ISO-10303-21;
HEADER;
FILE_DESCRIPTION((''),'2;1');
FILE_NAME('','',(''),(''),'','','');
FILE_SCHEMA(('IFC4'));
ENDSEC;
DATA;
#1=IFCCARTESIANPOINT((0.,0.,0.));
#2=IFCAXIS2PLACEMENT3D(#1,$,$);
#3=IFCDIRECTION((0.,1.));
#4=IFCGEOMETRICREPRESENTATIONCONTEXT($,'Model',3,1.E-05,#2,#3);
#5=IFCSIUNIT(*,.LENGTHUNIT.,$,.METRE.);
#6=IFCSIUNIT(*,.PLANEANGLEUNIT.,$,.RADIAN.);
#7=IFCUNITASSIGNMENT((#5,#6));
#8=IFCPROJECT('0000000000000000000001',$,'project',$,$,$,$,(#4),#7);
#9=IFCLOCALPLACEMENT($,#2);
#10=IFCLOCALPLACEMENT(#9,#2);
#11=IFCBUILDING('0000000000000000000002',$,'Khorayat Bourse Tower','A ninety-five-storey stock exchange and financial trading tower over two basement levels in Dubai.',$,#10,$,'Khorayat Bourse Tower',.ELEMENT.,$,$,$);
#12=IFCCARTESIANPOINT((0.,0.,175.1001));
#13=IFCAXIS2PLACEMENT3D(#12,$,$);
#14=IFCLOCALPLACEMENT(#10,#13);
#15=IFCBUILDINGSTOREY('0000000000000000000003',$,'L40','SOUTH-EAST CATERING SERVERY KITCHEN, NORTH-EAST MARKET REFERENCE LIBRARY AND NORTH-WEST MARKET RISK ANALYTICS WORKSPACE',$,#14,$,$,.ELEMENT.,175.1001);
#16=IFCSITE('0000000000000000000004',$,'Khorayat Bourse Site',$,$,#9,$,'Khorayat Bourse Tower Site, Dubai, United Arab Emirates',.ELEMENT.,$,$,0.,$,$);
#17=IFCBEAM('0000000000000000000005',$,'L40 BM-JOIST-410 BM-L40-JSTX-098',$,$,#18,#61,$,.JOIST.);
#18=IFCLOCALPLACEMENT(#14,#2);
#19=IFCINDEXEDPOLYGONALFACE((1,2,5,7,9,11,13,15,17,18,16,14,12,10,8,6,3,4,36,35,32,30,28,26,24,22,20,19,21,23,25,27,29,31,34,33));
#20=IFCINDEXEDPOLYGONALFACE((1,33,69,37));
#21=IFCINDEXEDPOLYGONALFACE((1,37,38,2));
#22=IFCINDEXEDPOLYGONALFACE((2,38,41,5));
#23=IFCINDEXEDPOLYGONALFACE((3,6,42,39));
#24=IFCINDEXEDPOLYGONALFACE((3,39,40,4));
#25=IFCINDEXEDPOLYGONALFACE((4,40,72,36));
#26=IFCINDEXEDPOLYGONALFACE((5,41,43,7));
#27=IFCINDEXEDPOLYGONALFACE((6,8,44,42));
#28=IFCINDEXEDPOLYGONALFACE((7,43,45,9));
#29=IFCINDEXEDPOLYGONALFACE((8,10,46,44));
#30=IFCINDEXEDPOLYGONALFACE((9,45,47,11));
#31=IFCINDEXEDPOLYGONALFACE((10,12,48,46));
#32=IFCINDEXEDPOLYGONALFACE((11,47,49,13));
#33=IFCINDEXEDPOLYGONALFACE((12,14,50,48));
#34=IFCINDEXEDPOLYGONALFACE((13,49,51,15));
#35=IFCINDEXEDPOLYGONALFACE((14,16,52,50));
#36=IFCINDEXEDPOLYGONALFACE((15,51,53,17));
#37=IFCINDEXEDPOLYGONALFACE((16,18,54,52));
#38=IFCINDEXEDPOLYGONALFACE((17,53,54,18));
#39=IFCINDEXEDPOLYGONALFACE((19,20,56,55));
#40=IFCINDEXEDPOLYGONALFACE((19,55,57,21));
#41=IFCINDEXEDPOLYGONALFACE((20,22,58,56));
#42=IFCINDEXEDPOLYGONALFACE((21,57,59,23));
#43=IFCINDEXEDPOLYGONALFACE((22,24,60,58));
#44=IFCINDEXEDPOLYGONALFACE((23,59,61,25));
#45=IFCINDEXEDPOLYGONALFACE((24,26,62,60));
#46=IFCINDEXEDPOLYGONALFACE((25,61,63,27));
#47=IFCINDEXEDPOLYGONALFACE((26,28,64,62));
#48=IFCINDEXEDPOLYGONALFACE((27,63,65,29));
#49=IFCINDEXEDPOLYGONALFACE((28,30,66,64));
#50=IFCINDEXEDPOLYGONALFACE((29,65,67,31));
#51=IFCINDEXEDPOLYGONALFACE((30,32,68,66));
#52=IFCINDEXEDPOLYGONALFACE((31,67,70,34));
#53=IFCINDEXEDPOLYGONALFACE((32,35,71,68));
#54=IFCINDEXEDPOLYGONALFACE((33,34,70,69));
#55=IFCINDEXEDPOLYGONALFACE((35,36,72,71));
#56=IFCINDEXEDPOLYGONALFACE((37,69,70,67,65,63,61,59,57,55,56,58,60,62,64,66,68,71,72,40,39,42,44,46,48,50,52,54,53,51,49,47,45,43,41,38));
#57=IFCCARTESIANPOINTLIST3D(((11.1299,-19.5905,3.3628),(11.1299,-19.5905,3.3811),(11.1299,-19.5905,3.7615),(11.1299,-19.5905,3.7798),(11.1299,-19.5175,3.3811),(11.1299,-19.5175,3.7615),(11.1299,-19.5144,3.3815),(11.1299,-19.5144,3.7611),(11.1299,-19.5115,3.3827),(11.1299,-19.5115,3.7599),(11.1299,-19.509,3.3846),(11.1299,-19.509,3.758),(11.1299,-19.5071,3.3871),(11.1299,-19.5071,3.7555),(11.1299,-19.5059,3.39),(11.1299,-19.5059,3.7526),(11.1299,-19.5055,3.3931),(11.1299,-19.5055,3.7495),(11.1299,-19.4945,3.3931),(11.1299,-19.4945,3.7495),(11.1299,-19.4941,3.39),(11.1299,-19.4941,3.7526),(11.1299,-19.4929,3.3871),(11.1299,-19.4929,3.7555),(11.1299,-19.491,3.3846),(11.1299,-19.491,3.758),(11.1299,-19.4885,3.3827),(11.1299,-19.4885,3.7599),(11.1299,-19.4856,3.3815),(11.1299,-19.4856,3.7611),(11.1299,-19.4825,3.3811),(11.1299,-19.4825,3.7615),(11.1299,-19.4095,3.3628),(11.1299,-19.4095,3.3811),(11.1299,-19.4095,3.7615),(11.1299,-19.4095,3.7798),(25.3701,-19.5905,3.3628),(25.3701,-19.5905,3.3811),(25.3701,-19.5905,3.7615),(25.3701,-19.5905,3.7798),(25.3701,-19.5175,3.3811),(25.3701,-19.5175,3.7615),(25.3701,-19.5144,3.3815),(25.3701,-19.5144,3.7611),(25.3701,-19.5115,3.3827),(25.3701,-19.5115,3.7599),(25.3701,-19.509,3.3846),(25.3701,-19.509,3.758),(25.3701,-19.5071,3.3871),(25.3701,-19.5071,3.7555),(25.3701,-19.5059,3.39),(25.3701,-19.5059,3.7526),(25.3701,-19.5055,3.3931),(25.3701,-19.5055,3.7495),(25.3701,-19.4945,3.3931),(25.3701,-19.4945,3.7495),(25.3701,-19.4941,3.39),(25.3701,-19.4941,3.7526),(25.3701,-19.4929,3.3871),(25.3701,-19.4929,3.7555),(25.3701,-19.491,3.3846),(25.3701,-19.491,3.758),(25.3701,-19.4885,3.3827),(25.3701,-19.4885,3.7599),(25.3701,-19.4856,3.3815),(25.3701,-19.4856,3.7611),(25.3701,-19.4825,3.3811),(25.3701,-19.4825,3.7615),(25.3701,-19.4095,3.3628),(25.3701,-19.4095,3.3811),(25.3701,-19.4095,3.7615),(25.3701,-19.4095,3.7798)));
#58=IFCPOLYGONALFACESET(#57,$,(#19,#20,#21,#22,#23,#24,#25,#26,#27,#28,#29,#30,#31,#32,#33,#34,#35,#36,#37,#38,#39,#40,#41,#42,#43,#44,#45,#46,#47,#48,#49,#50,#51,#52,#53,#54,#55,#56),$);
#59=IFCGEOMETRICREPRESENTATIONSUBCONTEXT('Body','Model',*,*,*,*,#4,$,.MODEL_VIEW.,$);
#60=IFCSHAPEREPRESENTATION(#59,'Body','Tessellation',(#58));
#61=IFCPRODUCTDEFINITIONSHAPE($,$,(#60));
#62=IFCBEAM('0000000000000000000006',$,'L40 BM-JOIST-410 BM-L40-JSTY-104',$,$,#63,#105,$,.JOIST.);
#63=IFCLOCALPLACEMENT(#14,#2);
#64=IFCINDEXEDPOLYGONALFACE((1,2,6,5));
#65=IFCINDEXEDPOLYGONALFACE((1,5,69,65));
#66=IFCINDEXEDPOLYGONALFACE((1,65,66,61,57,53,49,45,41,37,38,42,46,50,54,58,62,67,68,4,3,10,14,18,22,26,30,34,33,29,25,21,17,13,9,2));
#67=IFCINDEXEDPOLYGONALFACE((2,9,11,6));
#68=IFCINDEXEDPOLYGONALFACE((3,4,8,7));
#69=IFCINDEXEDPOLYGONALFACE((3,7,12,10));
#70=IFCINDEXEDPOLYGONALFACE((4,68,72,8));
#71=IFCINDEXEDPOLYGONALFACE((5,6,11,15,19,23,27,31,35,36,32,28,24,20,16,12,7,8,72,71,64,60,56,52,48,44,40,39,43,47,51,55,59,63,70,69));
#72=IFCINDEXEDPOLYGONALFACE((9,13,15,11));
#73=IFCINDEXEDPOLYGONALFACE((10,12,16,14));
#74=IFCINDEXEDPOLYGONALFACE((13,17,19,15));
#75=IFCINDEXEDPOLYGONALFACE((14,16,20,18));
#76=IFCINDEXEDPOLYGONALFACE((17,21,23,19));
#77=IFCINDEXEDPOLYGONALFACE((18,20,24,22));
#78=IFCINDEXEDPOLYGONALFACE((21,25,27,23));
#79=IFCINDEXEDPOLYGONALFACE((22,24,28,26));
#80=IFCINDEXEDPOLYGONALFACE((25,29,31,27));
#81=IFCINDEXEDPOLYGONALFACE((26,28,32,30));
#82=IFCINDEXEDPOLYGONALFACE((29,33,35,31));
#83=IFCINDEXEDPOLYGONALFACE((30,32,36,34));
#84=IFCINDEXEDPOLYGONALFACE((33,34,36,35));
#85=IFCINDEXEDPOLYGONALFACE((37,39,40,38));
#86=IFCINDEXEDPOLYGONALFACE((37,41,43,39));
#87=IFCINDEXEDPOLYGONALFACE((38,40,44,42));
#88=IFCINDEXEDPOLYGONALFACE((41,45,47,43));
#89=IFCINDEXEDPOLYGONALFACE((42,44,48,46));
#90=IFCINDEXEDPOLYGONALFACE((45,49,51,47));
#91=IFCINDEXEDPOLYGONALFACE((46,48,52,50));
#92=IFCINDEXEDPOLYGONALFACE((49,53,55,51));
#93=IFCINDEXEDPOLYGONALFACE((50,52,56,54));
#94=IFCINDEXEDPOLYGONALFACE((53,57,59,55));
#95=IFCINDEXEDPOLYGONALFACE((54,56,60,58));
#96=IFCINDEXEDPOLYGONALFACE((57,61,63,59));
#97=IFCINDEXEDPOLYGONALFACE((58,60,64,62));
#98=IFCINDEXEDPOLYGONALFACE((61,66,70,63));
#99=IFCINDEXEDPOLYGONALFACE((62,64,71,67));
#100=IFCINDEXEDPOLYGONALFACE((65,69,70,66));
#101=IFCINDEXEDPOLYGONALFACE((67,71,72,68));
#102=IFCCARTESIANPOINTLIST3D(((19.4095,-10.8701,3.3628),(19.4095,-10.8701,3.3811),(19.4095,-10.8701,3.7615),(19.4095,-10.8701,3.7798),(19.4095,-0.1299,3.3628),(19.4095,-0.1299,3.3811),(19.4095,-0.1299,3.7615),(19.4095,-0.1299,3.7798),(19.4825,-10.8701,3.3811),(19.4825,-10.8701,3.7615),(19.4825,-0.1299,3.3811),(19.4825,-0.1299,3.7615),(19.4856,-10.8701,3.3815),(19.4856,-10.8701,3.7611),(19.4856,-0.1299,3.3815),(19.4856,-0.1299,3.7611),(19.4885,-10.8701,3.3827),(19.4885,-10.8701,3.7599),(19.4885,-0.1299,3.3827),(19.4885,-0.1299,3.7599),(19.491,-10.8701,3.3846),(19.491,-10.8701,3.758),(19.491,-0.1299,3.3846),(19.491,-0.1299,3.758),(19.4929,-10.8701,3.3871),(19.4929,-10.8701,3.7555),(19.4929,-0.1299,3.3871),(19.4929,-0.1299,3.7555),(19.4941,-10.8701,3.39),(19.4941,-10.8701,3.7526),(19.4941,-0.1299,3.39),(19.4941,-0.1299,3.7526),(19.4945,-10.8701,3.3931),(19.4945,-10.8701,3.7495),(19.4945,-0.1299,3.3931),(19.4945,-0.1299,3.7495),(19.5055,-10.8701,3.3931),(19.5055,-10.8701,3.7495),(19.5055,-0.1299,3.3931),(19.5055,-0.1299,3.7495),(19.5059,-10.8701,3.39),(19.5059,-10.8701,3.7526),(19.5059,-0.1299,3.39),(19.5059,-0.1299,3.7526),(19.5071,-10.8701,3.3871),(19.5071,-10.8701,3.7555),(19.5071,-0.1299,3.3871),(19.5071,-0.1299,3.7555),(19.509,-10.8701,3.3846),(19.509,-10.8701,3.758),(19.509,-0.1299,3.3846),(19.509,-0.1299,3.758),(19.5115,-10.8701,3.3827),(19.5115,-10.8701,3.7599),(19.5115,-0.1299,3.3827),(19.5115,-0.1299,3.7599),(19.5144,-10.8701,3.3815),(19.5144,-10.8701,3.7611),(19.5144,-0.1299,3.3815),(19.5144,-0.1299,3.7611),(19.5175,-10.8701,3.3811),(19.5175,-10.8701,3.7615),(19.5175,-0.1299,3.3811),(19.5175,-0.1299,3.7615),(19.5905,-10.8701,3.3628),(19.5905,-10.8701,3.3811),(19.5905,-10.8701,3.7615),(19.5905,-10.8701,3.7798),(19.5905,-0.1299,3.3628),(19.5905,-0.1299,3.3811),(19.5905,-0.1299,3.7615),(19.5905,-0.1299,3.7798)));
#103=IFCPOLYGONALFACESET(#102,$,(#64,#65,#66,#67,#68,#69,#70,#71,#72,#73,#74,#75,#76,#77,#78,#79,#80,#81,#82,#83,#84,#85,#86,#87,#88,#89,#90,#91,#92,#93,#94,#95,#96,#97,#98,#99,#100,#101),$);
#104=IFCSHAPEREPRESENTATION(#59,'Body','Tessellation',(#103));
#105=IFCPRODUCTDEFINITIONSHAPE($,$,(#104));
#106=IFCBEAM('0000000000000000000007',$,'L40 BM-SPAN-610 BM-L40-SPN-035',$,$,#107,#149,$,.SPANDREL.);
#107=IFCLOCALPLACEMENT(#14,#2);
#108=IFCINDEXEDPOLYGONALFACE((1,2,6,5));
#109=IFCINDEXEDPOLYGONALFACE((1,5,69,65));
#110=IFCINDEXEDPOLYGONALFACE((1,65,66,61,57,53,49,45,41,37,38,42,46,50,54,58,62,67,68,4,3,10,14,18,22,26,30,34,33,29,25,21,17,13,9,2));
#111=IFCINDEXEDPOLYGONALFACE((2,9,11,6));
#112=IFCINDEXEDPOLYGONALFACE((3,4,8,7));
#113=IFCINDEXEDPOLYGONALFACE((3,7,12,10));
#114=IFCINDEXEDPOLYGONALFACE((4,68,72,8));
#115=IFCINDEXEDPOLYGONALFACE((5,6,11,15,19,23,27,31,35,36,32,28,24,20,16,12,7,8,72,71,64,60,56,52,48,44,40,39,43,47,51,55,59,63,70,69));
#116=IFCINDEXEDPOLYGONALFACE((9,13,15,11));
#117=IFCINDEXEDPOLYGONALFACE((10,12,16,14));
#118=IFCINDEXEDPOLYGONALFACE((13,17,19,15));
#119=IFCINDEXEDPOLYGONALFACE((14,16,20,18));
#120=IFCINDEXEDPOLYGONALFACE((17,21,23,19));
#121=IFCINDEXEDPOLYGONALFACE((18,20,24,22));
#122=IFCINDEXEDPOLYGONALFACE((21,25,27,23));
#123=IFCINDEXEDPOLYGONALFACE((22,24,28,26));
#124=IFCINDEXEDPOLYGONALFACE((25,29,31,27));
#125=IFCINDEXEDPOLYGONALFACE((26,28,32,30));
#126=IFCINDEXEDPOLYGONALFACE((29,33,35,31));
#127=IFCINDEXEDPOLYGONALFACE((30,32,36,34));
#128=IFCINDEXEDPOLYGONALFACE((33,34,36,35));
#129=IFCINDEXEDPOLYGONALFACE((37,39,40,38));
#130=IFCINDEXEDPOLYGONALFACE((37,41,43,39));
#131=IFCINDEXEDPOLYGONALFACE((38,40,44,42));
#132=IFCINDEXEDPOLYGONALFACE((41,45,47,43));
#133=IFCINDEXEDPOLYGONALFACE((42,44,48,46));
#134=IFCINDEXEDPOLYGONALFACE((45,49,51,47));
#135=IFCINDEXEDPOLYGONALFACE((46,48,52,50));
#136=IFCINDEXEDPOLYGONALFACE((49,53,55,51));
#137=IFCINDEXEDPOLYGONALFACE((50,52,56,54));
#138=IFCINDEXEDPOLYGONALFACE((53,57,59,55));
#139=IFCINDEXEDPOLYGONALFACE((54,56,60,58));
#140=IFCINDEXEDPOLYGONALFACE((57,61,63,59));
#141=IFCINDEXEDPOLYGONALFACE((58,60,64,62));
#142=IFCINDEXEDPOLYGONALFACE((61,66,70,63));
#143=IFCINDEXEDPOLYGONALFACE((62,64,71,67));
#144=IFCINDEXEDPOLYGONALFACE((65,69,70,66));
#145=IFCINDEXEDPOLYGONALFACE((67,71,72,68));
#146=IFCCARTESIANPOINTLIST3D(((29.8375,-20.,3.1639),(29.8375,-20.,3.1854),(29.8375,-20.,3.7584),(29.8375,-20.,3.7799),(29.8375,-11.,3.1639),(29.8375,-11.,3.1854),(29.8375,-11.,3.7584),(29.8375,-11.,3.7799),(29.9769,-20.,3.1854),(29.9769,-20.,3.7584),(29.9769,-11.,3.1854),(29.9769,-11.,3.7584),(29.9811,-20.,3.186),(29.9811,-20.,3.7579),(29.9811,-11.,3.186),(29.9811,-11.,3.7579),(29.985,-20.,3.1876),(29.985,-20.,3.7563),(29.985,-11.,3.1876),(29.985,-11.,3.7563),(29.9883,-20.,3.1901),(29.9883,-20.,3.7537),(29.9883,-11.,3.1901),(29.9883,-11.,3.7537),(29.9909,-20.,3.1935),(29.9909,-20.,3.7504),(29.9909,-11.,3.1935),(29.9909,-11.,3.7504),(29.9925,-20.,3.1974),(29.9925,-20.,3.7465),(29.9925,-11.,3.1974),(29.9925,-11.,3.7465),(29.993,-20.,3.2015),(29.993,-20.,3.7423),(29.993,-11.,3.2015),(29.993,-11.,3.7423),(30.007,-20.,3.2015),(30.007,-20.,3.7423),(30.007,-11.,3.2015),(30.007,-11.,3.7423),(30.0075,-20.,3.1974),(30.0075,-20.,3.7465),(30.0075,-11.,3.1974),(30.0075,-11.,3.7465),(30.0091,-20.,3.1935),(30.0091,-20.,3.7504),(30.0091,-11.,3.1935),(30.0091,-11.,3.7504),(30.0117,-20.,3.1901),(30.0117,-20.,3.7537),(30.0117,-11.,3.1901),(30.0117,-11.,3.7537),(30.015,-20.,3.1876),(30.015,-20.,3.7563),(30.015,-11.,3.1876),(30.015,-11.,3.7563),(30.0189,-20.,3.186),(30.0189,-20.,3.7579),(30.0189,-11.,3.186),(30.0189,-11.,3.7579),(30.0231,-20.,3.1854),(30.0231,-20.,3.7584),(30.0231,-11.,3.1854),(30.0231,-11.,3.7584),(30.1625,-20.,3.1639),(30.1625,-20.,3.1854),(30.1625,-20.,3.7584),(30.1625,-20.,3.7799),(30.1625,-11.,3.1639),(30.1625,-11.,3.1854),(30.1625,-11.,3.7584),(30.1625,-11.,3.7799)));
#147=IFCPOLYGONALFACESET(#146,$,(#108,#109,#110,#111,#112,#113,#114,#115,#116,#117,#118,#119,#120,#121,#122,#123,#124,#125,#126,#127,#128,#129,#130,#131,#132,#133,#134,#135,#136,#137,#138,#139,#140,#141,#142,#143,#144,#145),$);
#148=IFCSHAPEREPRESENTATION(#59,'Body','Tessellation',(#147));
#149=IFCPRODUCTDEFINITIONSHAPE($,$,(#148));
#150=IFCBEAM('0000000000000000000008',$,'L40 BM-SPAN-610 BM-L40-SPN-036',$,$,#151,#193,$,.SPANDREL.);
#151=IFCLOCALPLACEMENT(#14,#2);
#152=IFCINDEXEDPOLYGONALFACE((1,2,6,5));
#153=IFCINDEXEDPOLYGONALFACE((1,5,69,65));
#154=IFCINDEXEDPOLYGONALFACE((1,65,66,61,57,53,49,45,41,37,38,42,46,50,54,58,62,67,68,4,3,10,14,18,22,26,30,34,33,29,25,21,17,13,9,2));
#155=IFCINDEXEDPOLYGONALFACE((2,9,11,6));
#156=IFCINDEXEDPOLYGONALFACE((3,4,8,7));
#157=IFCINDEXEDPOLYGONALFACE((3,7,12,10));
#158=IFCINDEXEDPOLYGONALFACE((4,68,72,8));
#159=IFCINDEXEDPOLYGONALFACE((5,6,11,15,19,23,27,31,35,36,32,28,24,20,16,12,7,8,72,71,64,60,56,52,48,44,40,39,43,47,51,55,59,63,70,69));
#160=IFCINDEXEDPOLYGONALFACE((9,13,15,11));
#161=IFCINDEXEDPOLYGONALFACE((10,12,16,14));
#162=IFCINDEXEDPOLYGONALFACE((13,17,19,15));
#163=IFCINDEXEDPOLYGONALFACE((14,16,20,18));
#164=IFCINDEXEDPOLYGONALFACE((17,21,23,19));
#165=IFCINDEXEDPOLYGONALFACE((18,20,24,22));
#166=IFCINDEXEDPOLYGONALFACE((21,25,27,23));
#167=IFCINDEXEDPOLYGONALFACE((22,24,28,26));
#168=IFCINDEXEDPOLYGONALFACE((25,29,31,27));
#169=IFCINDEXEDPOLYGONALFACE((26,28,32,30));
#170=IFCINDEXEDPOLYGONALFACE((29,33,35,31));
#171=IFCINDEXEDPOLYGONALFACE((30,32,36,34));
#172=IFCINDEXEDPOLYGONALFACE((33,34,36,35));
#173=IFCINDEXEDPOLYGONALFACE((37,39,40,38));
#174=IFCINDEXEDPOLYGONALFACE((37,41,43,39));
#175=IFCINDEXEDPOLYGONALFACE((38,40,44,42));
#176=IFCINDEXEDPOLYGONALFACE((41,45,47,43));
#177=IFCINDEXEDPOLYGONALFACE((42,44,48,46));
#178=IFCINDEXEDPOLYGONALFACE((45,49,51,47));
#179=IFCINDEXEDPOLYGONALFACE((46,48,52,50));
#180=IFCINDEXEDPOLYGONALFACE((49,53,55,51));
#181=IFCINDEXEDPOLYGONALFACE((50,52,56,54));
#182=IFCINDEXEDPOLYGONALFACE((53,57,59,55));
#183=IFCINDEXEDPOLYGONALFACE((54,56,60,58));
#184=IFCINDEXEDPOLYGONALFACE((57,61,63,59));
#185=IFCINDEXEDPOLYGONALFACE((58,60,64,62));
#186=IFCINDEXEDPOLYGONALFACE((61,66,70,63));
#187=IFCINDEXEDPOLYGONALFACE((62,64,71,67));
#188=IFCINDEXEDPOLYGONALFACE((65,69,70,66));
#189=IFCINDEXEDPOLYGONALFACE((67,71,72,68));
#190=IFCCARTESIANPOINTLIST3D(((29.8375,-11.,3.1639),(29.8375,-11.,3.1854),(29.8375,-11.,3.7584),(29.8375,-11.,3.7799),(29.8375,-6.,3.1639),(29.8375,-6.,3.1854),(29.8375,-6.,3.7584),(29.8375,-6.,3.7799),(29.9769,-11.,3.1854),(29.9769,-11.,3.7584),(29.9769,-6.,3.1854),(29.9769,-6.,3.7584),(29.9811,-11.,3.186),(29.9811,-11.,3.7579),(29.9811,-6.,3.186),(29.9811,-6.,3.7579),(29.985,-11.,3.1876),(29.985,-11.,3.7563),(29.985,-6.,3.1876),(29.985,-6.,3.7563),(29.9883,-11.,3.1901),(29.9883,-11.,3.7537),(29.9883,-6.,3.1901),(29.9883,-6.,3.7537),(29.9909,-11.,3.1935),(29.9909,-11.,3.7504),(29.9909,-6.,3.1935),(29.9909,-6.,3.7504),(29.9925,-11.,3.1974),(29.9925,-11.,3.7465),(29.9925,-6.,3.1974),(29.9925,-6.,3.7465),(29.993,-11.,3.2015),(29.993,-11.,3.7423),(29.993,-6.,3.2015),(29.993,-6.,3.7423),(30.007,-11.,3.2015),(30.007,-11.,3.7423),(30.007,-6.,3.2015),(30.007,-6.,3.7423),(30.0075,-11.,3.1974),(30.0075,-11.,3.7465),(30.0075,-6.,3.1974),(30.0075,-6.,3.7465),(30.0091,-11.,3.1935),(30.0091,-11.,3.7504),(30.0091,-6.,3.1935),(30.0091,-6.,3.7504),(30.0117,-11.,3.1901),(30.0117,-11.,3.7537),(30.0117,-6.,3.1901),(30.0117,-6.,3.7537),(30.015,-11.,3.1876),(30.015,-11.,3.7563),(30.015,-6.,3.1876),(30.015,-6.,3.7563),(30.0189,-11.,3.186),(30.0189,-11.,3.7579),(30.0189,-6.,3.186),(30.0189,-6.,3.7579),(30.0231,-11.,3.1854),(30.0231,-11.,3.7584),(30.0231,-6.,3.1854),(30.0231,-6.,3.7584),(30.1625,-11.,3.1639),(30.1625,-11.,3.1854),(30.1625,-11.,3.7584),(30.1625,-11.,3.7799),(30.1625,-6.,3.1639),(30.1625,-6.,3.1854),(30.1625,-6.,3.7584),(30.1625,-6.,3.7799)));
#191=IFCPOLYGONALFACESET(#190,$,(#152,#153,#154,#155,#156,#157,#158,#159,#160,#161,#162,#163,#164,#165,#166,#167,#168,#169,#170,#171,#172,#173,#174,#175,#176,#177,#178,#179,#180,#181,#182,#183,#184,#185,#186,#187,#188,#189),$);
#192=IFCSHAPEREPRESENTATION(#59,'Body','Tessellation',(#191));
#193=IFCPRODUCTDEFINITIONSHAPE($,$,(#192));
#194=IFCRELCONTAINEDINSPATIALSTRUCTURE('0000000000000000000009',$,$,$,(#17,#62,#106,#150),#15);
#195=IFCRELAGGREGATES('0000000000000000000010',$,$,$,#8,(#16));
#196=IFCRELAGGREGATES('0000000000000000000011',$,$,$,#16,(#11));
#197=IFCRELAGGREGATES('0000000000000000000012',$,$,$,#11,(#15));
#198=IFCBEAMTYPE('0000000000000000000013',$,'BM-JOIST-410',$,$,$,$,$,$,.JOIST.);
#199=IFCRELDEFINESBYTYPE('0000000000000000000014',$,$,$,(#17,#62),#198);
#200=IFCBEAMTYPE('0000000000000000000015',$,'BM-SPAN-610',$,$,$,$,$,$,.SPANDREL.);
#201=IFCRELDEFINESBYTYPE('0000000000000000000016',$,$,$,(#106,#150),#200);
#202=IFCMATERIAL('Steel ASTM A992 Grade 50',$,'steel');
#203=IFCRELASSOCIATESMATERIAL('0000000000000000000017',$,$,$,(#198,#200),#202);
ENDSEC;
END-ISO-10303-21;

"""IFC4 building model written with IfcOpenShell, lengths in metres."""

from ifc_helpers import new_model, si_unit, direction, frame, origin, origin_2d, place, context, subcontext, project, spatial, i_section, extrude, source, transform, mapped, material, material_profile, profile_set, type_object, element, save


model = new_model("IFC4")

# Units and contexts
model_context = context("Model", 3, precision=1e-05, world=origin(), true_north=direction((0.0, 1.0)))
body_context = subcontext(model_context, "Body", "Model", "MODEL_VIEW")
ifc_project = project(units=[si_unit("LENGTHUNIT", "METRE"), si_unit("PLANEANGLEUNIT", "RADIAN")], contexts=[model_context])

# Site, building, storey
site_placement = place(None, origin())
site = spatial("IfcSite", under=ifc_project, at=site_placement, Name="Khorayat Bourse Site", LongName="Khorayat Bourse Tower Site, Dubai, United Arab Emirates", CompositionType="ELEMENT", RefElevation=0.0)
building_placement = place(site_placement, origin())
building = spatial("IfcBuilding", under=site, at=building_placement, Name="Khorayat Bourse Tower", Description="A ninety-five-storey stock exchange and financial trading tower over two basement levels in Dubai.", LongName="Khorayat Bourse Tower", CompositionType="ELEMENT")
storey_placement = place(building_placement, frame((0.0, 0.0, 175.1001)))
storey = spatial("IfcBuildingStorey", under=building, at=storey_placement, Name="L40", Description="SOUTH-EAST CATERING SERVERY KITCHEN, NORTH-EAST MARKET REFERENCE LIBRARY AND NORTH-WEST MARKET RISK ANALYTICS WORKSPACE", CompositionType="ELEMENT", Elevation=175.1001)

# Beams
ifc_material_1 = material(Name="Steel ASTM A992 Grade 50", Category="steel")
ifc_material_profile_1 = material_profile(ifc_material_1, i_section(OverallWidth=0.1809, OverallDepth=0.417, WebThickness=0.011, FlangeThickness=0.0183, FilletRadius=0.012, at=origin_2d()), Name="W410X85")
ifc_profile_set_1 = profile_set([ifc_material_profile_1], Name="Steel ASTM A992 Grade 50")
beam_type_1 = type_object("IfcBeamType", Name="BM-JOIST-410", PredefinedType="JOIST", material=ifc_profile_set_1)
shared_shape_1 = source(origin(), body_context, "Body", "SweptSolid", [
    extrude(i_section(OverallWidth=0.1809, OverallDepth=0.417, WebThickness=0.011, FlangeThickness=0.0183, FilletRadius=0.012, at=origin_2d()), origin(), (0.0, 0.0, 1.0), 14.2402),
])
beam_1_placement = place(storey_placement, frame((11.1299, -19.5, 3.5713), z_axis=(1.0, 0.0, 0.0), x_axis=(0.0, 1.0, 0.0)))
element("IfcBeam", 1, at=beam_1_placement, inside=storey, type_object=beam_type_1, Name="L40 BM-JOIST-410 BM-L40-JSTX-098", PredefinedType="JOIST", context=body_context, shape_type="MappedRepresentation", body=[
    mapped(shared_shape_1, transform((0.0, 0.0, 0.0), scale=1.0)),
])
shared_shape_2 = source(origin(), body_context, "Body", "SweptSolid", [
    extrude(i_section(OverallWidth=0.1809, OverallDepth=0.417, WebThickness=0.011, FlangeThickness=0.0183, FilletRadius=0.012, at=origin_2d()), origin(), (0.0, 0.0, 1.0), 10.7402),
])
beam_2_placement = place(storey_placement, frame((19.5, -10.8701, 3.5713), z_axis=(0.0, 1.0, 0.0), x_axis=(-1.0, 0.0, 0.0)))
element("IfcBeam", 2, at=beam_2_placement, inside=storey, type_object=beam_type_1, Name="L40 BM-JOIST-410 BM-L40-JSTY-104", PredefinedType="JOIST", context=body_context, shape_type="MappedRepresentation", body=[
    mapped(shared_shape_2, transform((0.0, 0.0, 0.0), scale=1.0)),
])
ifc_material_profile_2 = material_profile(ifc_material_1, i_section(OverallWidth=0.325, OverallDepth=0.616, WebThickness=0.0139, FlangeThickness=0.0215, FilletRadius=0.0161, at=origin_2d()), Name="W610X174")
ifc_profile_set_2 = profile_set([ifc_material_profile_2], Name="Steel ASTM A992 Grade 50")
beam_type_2 = type_object("IfcBeamType", Name="BM-SPAN-610", PredefinedType="SPANDREL", material=ifc_profile_set_2)
shared_shape_3 = source(origin(), body_context, "Body", "SweptSolid", [
    extrude(i_section(OverallWidth=0.325, OverallDepth=0.616, WebThickness=0.0139, FlangeThickness=0.0215, FilletRadius=0.0161, at=origin_2d()), origin(), (0.0, 0.0, 1.0), 9.0),
])
beam_3_placement = place(storey_placement, frame((30.0, -20.0, 3.4719), z_axis=(0.0, 1.0, 0.0), x_axis=(-1.0, 0.0, 0.0)))
element("IfcBeam", 3, at=beam_3_placement, inside=storey, type_object=beam_type_2, Name="L40 BM-SPAN-610 BM-L40-SPN-035", PredefinedType="SPANDREL", context=body_context, shape_type="MappedRepresentation", body=[
    mapped(shared_shape_3, transform((0.0, 0.0, 0.0), scale=1.0)),
])
shared_shape_4 = source(origin(), body_context, "Body", "SweptSolid", [
    extrude(i_section(OverallWidth=0.325, OverallDepth=0.616, WebThickness=0.0139, FlangeThickness=0.0215, FilletRadius=0.0161, at=origin_2d()), origin(), (0.0, 0.0, 1.0), 5.0),
])
beam_4_placement = place(storey_placement, frame((30.0, -11.0, 3.4719), z_axis=(0.0, 1.0, 0.0), x_axis=(-1.0, 0.0, 0.0)))
element("IfcBeam", 4, at=beam_4_placement, inside=storey, type_object=beam_type_2, Name="L40 BM-SPAN-610 BM-L40-SPN-036", PredefinedType="SPANDREL", context=body_context, shape_type="MappedRepresentation", body=[
    mapped(shared_shape_4, transform((0.0, 0.0, 0.0), scale=1.0)),
])

save(model, "model.ifc")
